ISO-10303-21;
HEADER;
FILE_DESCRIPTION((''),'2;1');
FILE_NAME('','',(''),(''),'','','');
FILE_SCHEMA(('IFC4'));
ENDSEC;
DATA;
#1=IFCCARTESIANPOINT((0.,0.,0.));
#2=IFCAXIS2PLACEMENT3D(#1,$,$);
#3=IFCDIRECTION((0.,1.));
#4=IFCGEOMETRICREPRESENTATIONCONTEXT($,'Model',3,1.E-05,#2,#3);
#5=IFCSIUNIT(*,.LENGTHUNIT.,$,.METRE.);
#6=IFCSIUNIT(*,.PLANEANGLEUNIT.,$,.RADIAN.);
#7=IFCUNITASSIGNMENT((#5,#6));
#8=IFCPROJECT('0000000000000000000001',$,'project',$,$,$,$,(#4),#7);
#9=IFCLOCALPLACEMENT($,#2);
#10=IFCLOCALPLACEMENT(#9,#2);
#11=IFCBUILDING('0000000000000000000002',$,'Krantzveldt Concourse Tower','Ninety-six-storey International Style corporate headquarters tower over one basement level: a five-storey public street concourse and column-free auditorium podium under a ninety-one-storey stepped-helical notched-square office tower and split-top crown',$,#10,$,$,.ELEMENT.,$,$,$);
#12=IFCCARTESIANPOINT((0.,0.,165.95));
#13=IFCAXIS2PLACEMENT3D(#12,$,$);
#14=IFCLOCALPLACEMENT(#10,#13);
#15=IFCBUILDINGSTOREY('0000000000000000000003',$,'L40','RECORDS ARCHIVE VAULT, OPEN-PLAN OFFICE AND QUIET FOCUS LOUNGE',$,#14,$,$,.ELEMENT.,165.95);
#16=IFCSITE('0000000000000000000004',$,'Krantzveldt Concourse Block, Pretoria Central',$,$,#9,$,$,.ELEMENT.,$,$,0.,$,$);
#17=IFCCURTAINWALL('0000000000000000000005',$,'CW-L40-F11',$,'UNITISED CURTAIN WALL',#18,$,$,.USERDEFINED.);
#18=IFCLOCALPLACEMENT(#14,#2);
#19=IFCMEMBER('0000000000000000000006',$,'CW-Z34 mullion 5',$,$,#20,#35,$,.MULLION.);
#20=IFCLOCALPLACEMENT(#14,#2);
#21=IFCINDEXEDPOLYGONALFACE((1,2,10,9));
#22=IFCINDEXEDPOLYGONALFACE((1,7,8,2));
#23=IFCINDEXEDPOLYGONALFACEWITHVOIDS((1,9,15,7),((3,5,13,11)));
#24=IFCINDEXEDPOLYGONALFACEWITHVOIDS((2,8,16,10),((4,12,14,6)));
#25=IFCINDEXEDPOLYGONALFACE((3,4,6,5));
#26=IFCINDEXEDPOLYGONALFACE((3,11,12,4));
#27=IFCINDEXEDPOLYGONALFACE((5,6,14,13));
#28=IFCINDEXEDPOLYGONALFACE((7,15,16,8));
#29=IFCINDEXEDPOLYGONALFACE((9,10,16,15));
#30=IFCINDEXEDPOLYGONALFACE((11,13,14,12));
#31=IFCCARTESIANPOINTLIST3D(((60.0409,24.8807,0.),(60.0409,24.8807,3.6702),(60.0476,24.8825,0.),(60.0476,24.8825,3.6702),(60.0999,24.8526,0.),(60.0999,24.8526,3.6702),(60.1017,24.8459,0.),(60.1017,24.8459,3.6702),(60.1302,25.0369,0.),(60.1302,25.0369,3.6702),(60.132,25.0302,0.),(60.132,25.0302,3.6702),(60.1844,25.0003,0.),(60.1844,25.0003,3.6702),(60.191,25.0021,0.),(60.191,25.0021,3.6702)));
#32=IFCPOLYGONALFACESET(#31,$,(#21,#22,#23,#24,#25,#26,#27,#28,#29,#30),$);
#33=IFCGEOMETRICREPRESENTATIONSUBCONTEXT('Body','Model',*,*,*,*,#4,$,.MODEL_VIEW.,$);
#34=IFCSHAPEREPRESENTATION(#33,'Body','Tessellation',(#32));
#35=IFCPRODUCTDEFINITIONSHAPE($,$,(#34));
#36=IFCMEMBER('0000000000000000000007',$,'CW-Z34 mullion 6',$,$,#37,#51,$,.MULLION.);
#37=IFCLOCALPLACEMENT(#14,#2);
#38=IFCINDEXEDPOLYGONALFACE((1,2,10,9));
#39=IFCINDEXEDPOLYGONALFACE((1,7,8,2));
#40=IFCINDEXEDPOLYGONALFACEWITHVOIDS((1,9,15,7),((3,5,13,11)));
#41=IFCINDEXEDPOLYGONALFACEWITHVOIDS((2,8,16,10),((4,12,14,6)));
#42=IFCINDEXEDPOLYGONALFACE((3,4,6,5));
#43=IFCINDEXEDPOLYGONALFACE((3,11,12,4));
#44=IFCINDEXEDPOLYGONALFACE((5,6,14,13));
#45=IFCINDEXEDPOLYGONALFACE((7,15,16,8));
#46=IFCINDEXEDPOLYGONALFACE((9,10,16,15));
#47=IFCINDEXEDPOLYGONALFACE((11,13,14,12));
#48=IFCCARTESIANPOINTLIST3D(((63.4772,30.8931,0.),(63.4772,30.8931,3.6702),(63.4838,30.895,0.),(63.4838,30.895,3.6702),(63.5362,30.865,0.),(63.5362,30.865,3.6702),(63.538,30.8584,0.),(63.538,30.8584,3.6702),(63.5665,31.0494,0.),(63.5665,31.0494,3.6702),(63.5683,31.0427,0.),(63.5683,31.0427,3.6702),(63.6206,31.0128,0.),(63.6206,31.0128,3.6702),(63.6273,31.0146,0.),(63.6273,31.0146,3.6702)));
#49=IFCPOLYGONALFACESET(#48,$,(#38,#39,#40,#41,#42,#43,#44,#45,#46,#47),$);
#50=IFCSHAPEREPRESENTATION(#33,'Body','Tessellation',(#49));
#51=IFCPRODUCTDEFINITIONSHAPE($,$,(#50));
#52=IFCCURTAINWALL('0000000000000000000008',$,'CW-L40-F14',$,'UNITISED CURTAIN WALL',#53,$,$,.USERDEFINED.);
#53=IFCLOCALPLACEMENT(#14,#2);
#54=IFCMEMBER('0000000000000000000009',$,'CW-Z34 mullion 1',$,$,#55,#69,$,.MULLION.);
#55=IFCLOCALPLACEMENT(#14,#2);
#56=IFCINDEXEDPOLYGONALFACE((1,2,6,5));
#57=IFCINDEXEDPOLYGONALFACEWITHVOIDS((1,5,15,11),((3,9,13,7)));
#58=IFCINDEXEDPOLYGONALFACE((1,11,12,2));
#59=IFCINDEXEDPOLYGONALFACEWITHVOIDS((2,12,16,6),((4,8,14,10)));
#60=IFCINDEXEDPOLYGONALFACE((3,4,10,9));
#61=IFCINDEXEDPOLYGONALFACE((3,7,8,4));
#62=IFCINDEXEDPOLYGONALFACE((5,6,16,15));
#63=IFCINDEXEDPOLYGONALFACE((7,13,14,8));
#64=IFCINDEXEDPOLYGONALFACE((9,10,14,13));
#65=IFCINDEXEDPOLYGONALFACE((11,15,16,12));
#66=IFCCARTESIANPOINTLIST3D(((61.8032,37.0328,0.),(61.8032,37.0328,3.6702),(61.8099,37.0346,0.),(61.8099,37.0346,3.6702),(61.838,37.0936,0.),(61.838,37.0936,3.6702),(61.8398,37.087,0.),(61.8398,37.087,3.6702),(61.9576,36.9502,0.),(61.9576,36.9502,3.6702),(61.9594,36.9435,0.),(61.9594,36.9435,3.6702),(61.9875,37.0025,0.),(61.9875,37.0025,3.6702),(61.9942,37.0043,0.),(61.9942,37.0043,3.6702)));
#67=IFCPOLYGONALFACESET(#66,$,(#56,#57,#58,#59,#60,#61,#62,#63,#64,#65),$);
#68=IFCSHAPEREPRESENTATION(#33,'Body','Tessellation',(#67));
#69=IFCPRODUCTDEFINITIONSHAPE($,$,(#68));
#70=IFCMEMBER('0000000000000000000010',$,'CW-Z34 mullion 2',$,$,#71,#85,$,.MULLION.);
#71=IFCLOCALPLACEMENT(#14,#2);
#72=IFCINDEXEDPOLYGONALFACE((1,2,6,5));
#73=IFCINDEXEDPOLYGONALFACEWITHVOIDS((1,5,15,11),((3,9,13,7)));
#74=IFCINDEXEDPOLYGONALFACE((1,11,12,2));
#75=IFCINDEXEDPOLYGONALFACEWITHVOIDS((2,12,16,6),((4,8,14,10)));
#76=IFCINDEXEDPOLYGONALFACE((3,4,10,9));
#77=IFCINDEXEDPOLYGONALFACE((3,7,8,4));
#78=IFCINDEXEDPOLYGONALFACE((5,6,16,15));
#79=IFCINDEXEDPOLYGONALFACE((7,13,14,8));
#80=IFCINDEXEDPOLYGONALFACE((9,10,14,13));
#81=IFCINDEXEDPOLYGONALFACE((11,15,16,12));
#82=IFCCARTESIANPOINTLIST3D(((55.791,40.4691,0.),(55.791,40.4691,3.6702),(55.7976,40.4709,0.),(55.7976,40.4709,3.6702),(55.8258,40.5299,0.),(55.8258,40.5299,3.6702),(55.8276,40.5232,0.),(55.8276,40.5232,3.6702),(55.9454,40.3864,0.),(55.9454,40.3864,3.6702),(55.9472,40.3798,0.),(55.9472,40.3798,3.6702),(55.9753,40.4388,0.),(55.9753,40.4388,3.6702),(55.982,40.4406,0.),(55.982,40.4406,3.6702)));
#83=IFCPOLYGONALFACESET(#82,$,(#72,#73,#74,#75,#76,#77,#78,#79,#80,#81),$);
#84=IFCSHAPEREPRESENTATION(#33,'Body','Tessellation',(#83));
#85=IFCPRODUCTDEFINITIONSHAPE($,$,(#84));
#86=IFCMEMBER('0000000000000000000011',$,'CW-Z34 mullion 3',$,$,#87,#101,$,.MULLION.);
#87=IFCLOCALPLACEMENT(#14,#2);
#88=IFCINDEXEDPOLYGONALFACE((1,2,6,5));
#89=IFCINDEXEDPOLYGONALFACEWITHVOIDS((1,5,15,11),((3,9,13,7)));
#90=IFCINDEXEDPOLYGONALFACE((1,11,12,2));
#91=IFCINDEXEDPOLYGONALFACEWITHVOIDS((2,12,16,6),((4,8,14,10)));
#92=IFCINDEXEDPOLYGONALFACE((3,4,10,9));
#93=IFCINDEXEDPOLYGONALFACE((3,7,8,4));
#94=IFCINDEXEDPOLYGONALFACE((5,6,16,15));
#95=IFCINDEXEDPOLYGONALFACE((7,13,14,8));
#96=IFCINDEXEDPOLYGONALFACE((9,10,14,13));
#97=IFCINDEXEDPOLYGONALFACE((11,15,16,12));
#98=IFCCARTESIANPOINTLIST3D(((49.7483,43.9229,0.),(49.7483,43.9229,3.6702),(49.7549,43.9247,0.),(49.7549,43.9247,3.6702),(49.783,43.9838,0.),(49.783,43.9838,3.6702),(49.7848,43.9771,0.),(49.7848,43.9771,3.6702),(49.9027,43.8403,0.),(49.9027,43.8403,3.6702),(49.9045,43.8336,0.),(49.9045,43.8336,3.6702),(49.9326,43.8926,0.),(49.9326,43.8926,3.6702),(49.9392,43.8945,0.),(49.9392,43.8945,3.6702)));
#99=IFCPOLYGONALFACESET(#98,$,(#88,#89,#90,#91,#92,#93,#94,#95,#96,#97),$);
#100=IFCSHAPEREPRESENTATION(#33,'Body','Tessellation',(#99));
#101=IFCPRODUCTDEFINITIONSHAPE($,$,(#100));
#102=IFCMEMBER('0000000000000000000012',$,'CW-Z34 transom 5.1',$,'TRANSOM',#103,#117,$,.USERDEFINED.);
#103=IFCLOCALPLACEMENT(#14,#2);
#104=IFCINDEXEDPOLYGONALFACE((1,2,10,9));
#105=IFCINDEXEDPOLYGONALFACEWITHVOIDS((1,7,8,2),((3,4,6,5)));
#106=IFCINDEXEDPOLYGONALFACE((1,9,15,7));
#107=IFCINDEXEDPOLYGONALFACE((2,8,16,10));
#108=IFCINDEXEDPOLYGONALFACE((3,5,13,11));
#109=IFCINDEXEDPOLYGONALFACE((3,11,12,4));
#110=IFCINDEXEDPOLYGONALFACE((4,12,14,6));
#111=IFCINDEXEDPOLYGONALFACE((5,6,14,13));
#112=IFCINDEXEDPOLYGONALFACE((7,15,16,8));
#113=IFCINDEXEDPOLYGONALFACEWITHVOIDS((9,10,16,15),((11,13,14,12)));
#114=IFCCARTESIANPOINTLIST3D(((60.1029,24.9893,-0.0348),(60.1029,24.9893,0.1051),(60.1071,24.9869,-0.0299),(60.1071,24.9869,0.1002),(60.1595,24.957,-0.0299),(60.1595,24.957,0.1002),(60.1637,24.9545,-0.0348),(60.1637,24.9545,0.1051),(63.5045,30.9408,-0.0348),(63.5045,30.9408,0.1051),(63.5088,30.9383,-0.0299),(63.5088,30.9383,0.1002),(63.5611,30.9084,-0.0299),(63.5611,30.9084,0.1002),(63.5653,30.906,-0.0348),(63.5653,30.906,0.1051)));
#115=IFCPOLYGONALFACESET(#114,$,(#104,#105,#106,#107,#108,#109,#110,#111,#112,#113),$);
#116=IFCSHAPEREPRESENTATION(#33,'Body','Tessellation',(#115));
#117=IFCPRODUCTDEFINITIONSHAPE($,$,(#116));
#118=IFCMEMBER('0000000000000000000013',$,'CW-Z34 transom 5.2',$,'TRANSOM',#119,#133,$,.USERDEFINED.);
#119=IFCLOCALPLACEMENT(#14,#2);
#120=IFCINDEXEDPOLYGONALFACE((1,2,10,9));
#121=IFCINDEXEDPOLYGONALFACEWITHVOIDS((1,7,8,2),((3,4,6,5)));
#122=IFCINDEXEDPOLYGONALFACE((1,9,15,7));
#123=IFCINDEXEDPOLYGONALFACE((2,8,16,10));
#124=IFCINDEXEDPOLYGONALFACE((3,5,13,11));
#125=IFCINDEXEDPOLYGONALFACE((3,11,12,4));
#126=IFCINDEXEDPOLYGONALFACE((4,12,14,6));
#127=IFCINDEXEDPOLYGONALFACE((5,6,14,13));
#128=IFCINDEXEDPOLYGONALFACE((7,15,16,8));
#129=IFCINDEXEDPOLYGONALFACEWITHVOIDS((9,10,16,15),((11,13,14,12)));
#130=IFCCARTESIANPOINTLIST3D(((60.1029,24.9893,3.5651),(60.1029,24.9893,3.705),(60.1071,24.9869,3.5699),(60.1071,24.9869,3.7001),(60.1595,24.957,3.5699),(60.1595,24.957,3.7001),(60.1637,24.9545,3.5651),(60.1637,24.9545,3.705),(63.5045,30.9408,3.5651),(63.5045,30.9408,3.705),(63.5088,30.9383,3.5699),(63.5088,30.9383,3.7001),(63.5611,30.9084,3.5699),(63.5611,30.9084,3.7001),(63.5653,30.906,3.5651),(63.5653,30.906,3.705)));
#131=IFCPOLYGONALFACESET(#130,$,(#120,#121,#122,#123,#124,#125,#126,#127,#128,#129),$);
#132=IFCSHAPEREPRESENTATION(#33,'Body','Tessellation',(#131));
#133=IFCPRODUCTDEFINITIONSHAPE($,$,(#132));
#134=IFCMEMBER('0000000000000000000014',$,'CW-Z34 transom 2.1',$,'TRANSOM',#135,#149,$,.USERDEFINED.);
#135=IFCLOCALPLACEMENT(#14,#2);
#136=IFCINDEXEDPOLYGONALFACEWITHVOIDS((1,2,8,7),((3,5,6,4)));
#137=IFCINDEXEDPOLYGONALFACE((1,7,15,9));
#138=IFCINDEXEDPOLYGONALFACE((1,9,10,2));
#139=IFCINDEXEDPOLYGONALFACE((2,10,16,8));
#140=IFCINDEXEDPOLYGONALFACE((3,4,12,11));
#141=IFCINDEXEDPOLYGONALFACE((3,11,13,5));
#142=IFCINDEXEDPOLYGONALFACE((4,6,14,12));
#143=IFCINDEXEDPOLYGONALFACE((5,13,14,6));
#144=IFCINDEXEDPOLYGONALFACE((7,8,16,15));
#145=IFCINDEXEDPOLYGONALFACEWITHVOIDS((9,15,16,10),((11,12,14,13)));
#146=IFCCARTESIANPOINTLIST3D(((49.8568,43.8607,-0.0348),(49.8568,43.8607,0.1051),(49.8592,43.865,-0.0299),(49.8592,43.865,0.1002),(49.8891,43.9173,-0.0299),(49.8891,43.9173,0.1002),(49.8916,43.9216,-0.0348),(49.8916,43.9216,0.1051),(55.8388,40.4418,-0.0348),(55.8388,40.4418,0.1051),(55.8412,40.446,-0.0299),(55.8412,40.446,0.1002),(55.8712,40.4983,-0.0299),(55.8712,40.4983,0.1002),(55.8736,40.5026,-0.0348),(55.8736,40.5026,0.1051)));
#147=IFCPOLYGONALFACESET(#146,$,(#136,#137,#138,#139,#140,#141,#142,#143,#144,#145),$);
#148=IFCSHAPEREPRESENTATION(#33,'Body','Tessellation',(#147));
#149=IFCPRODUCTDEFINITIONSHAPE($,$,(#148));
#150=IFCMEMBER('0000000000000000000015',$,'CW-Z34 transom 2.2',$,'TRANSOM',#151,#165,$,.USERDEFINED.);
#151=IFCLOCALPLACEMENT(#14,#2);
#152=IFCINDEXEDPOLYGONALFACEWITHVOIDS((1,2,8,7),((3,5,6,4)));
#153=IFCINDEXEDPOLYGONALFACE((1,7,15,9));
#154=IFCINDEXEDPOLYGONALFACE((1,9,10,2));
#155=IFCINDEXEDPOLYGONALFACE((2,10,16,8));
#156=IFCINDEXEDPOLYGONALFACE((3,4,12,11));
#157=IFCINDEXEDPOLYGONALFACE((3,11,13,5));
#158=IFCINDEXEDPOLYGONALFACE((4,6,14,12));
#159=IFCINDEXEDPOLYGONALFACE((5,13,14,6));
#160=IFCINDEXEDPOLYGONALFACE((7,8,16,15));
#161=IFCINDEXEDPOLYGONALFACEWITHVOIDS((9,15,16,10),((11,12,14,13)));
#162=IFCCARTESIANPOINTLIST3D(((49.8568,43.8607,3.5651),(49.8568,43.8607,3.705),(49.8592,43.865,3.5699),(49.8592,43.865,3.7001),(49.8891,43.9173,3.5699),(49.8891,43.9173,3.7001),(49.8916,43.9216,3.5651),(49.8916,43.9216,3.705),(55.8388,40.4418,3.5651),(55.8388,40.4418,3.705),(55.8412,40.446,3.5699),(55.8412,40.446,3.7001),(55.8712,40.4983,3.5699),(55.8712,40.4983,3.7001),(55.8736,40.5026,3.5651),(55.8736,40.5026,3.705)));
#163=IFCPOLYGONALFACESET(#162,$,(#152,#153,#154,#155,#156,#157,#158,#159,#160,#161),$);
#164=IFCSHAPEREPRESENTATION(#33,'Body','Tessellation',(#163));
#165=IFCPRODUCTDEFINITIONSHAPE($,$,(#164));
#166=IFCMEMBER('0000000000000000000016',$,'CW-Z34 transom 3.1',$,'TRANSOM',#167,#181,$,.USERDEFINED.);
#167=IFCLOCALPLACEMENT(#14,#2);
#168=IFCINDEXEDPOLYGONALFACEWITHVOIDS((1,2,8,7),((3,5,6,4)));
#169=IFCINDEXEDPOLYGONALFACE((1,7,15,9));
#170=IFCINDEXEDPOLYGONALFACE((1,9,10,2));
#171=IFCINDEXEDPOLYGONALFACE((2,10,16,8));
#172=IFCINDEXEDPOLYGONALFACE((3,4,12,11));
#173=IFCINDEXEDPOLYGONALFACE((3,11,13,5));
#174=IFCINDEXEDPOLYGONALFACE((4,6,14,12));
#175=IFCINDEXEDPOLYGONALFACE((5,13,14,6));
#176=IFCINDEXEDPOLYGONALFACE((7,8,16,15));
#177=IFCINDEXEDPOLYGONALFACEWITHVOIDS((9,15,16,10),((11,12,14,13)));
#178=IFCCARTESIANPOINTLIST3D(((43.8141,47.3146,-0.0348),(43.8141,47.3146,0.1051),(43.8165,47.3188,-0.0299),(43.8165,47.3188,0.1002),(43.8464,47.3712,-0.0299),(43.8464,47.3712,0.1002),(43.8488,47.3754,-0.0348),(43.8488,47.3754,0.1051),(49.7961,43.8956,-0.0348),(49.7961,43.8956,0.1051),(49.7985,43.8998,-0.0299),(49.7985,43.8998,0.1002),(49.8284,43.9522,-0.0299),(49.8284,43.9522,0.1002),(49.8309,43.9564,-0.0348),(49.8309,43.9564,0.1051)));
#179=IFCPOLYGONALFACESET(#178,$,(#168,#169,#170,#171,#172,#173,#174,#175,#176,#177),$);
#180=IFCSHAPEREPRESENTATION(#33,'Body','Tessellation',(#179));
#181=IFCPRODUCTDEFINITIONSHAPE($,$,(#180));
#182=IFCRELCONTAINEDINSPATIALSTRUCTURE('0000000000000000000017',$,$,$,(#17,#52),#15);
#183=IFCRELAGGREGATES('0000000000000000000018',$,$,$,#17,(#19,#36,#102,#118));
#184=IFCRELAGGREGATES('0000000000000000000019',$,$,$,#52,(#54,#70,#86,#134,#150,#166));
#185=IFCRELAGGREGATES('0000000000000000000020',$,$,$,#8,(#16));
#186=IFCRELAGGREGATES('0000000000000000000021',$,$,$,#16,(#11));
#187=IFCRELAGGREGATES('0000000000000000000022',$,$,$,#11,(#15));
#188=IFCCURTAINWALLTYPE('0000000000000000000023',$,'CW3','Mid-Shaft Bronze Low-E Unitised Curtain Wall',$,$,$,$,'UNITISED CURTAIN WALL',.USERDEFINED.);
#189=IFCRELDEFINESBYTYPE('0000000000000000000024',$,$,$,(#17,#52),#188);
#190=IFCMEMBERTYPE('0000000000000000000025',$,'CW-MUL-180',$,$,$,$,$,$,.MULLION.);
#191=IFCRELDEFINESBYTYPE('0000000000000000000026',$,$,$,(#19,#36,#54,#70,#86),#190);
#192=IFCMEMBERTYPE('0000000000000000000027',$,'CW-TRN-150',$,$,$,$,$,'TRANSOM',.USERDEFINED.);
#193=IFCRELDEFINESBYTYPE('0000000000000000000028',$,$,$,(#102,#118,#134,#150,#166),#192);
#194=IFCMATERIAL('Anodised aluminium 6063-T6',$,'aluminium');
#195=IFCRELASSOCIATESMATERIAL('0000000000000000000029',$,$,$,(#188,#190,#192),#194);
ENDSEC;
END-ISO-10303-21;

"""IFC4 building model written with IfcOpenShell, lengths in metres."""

from ifc_helpers import new_model, si_unit, direction, frame, origin, origin_2d, place, context, subcontext, project, spatial, hollow_rectangle, extrude, source, transform, mapped, material, material_profile, profile_set, type_object, type_shapes, element, aggregate, save


model = new_model("IFC4")

# Units and contexts
model_context = context("Model", 3, precision=1e-05, world=origin(), true_north=direction((0.0, 1.0)))
body_context = subcontext(model_context, "Body", "Model", "MODEL_VIEW")
ifc_project = project(units=[si_unit("LENGTHUNIT", "METRE"), si_unit("PLANEANGLEUNIT", "RADIAN")], contexts=[model_context])

# Site, building, storey
site_placement = place(None, origin())
site = spatial("IfcSite", under=ifc_project, at=site_placement, Name="Krantzveldt Concourse Block, Pretoria Central", CompositionType="ELEMENT", RefElevation=0.0)
building_placement = place(site_placement, origin())
building = spatial("IfcBuilding", under=site, at=building_placement, Name="Krantzveldt Concourse Tower", Description="Ninety-six-storey International Style corporate headquarters tower over one basement level: a five-storey public street concourse and column-free auditorium podium under a ninety-one-storey stepped-helical notched-square office tower and split-top crown", CompositionType="ELEMENT")
storey_placement = place(building_placement, frame((0.0, 0.0, 165.95)))
storey = spatial("IfcBuildingStorey", under=building, at=storey_placement, Name="L40", Description="RECORDS ARCHIVE VAULT, OPEN-PLAN OFFICE AND QUIET FOCUS LOUNGE", CompositionType="ELEMENT", Elevation=165.95)

# Curtain walls, members
ifc_material_1 = material(Name="Anodised aluminium 6063-T6", Category="aluminium")
curtain_wall_type = type_object("IfcCurtainWallType", Name="CW3", Description="Mid-Shaft Bronze Low-E Unitised Curtain Wall", ElementType="UNITISED CURTAIN WALL", PredefinedType="USERDEFINED", material=ifc_material_1)
curtain_wall_1_placement = place(storey_placement, origin())
curtain_wall_1 = element("IfcCurtainWall", 1, at=curtain_wall_1_placement, inside=storey, type_object=curtain_wall_type, Name="CW-L40-F11", ObjectType="UNITISED CURTAIN WALL", PredefinedType="USERDEFINED")
ifc_material_profile_1 = material_profile(ifc_material_1, hollow_rectangle(XDim=0.0701, YDim=0.1799, WallThickness=0.0049, at=origin_2d()), Name="Anodised aluminium 6063-T6", Category="aluminium")
ifc_profile_set_1 = profile_set([ifc_material_profile_1], Name="Anodised aluminium 6063-T6 - ALU-MULL 180x70x5")
member_type_1 = type_object("IfcMemberType", Name="CW-MUL-180", PredefinedType="MULLION", material=ifc_profile_set_1)
shared_shape_1 = source(origin(), body_context, "Body", "SweptSolid", [
    extrude(hollow_rectangle(XDim=0.0701, YDim=0.1799, WallThickness=0.0049, at=origin_2d()), origin(), (0.0, 0.0, 1.0), 3.6702),
])
type_shapes(member_type_1, [shared_shape_1])
member_1_placement = place(storey_placement, frame((60.116, 24.9414, 0.0), z_axis=(0.0, 0.0, 1.0), x_axis=(-0.868199, 0.496216, 0.0)))
member_1 = element("IfcMember", 2, at=member_1_placement, type_object=member_type_1, Name="CW-Z34 mullion 5", PredefinedType="MULLION", context=body_context, shape_type="MappedRepresentation", body=[
    mapped(shared_shape_1, transform((0.0, 0.0, 0.0), x_axis=(1.0, 0.0, 0.0), y_axis=(0.0, 1.0, 0.0), z_axis=(0.0, 0.0, 1.0), scale=1.0)),
])
member_2_placement = place(storey_placement, frame((63.5522, 30.9539, 0.0), z_axis=(0.0, 0.0, 1.0), x_axis=(-0.868199, 0.496216, 0.0)))
member_2 = element("IfcMember", 3, at=member_2_placement, type_object=member_type_1, Name="CW-Z34 mullion 6", PredefinedType="MULLION", context=body_context, shape_type="MappedRepresentation", body=[
    mapped(shared_shape_1, transform((0.0, 0.0, 0.0), x_axis=(1.0, 0.0, 0.0), y_axis=(0.0, 1.0, 0.0), z_axis=(0.0, 0.0, 1.0), scale=1.0)),
])
curtain_wall_2_placement = place(storey_placement, origin())
curtain_wall_2 = element("IfcCurtainWall", 4, at=curtain_wall_2_placement, inside=storey, type_object=curtain_wall_type, Name="CW-L40-F14", ObjectType="UNITISED CURTAIN WALL", PredefinedType="USERDEFINED")
member_3_placement = place(storey_placement, frame((61.8987, 37.0186, 0.0), z_axis=(0.0, 0.0, 1.0), x_axis=(-0.496216, -0.868199, 0.0)))
member_3 = element("IfcMember", 5, at=member_3_placement, type_object=member_type_1, Name="CW-Z34 mullion 1", PredefinedType="MULLION", context=body_context, shape_type="MappedRepresentation", body=[
    mapped(shared_shape_1, transform((0.0, 0.0, 0.0), x_axis=(1.0, 0.0, 0.0), y_axis=(0.0, 1.0, 0.0), z_axis=(0.0, 0.0, 1.0), scale=1.0)),
])
member_4_placement = place(storey_placement, frame((55.8865, 40.4548, 0.0), z_axis=(0.0, 0.0, 1.0), x_axis=(-0.496216, -0.868199, 0.0)))
member_4 = element("IfcMember", 6, at=member_4_placement, type_object=member_type_1, Name="CW-Z34 mullion 2", PredefinedType="MULLION", context=body_context, shape_type="MappedRepresentation", body=[
    mapped(shared_shape_1, transform((0.0, 0.0, 0.0), x_axis=(1.0, 0.0, 0.0), y_axis=(0.0, 1.0, 0.0), z_axis=(0.0, 0.0, 1.0), scale=1.0)),
])
member_5_placement = place(storey_placement, frame((49.8438, 43.9087, 0.0), z_axis=(0.0, 0.0, 1.0), x_axis=(-0.496216, -0.868199, 0.0)))
member_5 = element("IfcMember", 7, at=member_5_placement, type_object=member_type_1, Name="CW-Z34 mullion 3", PredefinedType="MULLION", context=body_context, shape_type="MappedRepresentation", body=[
    mapped(shared_shape_1, transform((0.0, 0.0, 0.0), x_axis=(1.0, 0.0, 0.0), y_axis=(0.0, 1.0, 0.0), z_axis=(0.0, 0.0, 1.0), scale=1.0)),
])

# Members
ifc_material_profile_2 = material_profile(ifc_material_1, hollow_rectangle(XDim=0.0701, YDim=0.1399, WallThickness=0.0049, at=origin_2d()), Name="Anodised aluminium 6063-T6", Category="aluminium")
ifc_profile_set_2 = profile_set([ifc_material_profile_2], Name="Anodised aluminium 6063-T6 - ALU-TRAN 140x70x5")
member_type_2 = type_object("IfcMemberType", Name="CW-TRN-150", ElementType="TRANSOM", PredefinedType="USERDEFINED", material=ifc_profile_set_2)
shared_shape_2 = source(origin(), body_context, "Body", "SweptSolid", [
    extrude(hollow_rectangle(XDim=0.0701, YDim=0.1399, WallThickness=0.0049, at=origin_2d()), origin(), (0.0, 0.0, 1.0), 6.855),
])
member_6_placement = place(storey_placement, frame((60.1333, 24.9719, 0.0352), z_axis=(0.496227, 0.868193, 0.0), x_axis=(-0.868193, 0.496227, 0.0)))
member_6 = element("IfcMember", 8, at=member_6_placement, type_object=member_type_2, Name="CW-Z34 transom 5.1", ObjectType="TRANSOM", PredefinedType="USERDEFINED", context=body_context, shape_type="MappedRepresentation", body=[
    mapped(shared_shape_2, transform((0.0, 0.0, 0.0), x_axis=(1.0, 0.0, 0.0), y_axis=(0.0, 1.0, 0.0), z_axis=(0.0, 0.0, 1.0), scale=1.0)),
])
member_7_placement = place(storey_placement, frame((60.1333, 24.9719, 3.635), z_axis=(0.496227, 0.868193, 0.0), x_axis=(-0.868193, 0.496227, 0.0)))
member_7 = element("IfcMember", 9, at=member_7_placement, type_object=member_type_2, Name="CW-Z34 transom 5.2", ObjectType="TRANSOM", PredefinedType="USERDEFINED", context=body_context, shape_type="MappedRepresentation", body=[
    mapped(shared_shape_2, transform((0.0, 0.0, 0.0), x_axis=(1.0, 0.0, 0.0), y_axis=(0.0, 1.0, 0.0), z_axis=(0.0, 0.0, 1.0), scale=1.0)),
])
shared_shape_3 = source(origin(), body_context, "Body", "SweptSolid", [
    extrude(hollow_rectangle(XDim=0.0701, YDim=0.1399, WallThickness=0.0049, at=origin_2d()), origin(), (0.0, 0.0, 1.0), 6.8901),
])
member_8_placement = place(storey_placement, frame((55.8562, 40.4722, 0.0352), z_axis=(-0.8682, 0.496215, 0.0), x_axis=(-0.496215, -0.8682, 0.0)))
member_8 = element("IfcMember", 10, at=member_8_placement, type_object=member_type_2, Name="CW-Z34 transom 2.1", ObjectType="TRANSOM", PredefinedType="USERDEFINED", context=body_context, shape_type="MappedRepresentation", body=[
    mapped(shared_shape_3, transform((0.0, 0.0, 0.0), x_axis=(1.0, 0.0, 0.0), y_axis=(0.0, 1.0, 0.0), z_axis=(0.0, 0.0, 1.0), scale=1.0)),
])
member_9_placement = place(storey_placement, frame((55.8562, 40.4722, 3.635), z_axis=(-0.8682, 0.496215, 0.0), x_axis=(-0.496215, -0.8682, 0.0)))
member_9 = element("IfcMember", 11, at=member_9_placement, type_object=member_type_2, Name="CW-Z34 transom 2.2", ObjectType="TRANSOM", PredefinedType="USERDEFINED", context=body_context, shape_type="MappedRepresentation", body=[
    mapped(shared_shape_3, transform((0.0, 0.0, 0.0), x_axis=(1.0, 0.0, 0.0), y_axis=(0.0, 1.0, 0.0), z_axis=(0.0, 0.0, 1.0), scale=1.0)),
])
member_10_placement = place(storey_placement, frame((49.8135, 43.926, 0.0352), z_axis=(-0.8682, 0.496215, 0.0), x_axis=(-0.496215, -0.8682, 0.0)))
member_10 = element("IfcMember", 12, at=member_10_placement, type_object=member_type_2, Name="CW-Z34 transom 3.1", ObjectType="TRANSOM", PredefinedType="USERDEFINED", context=body_context, shape_type="MappedRepresentation", body=[
    mapped(shared_shape_3, transform((0.0, 0.0, 0.0), x_axis=(1.0, 0.0, 0.0), y_axis=(0.0, 1.0, 0.0), z_axis=(0.0, 0.0, 1.0), scale=1.0)),
])

aggregate(curtain_wall_1, [member_1, member_2, member_6, member_7])
aggregate(curtain_wall_2, [member_3, member_4, member_5, member_8, member_9, member_10])

save(model, "model.ifc")
